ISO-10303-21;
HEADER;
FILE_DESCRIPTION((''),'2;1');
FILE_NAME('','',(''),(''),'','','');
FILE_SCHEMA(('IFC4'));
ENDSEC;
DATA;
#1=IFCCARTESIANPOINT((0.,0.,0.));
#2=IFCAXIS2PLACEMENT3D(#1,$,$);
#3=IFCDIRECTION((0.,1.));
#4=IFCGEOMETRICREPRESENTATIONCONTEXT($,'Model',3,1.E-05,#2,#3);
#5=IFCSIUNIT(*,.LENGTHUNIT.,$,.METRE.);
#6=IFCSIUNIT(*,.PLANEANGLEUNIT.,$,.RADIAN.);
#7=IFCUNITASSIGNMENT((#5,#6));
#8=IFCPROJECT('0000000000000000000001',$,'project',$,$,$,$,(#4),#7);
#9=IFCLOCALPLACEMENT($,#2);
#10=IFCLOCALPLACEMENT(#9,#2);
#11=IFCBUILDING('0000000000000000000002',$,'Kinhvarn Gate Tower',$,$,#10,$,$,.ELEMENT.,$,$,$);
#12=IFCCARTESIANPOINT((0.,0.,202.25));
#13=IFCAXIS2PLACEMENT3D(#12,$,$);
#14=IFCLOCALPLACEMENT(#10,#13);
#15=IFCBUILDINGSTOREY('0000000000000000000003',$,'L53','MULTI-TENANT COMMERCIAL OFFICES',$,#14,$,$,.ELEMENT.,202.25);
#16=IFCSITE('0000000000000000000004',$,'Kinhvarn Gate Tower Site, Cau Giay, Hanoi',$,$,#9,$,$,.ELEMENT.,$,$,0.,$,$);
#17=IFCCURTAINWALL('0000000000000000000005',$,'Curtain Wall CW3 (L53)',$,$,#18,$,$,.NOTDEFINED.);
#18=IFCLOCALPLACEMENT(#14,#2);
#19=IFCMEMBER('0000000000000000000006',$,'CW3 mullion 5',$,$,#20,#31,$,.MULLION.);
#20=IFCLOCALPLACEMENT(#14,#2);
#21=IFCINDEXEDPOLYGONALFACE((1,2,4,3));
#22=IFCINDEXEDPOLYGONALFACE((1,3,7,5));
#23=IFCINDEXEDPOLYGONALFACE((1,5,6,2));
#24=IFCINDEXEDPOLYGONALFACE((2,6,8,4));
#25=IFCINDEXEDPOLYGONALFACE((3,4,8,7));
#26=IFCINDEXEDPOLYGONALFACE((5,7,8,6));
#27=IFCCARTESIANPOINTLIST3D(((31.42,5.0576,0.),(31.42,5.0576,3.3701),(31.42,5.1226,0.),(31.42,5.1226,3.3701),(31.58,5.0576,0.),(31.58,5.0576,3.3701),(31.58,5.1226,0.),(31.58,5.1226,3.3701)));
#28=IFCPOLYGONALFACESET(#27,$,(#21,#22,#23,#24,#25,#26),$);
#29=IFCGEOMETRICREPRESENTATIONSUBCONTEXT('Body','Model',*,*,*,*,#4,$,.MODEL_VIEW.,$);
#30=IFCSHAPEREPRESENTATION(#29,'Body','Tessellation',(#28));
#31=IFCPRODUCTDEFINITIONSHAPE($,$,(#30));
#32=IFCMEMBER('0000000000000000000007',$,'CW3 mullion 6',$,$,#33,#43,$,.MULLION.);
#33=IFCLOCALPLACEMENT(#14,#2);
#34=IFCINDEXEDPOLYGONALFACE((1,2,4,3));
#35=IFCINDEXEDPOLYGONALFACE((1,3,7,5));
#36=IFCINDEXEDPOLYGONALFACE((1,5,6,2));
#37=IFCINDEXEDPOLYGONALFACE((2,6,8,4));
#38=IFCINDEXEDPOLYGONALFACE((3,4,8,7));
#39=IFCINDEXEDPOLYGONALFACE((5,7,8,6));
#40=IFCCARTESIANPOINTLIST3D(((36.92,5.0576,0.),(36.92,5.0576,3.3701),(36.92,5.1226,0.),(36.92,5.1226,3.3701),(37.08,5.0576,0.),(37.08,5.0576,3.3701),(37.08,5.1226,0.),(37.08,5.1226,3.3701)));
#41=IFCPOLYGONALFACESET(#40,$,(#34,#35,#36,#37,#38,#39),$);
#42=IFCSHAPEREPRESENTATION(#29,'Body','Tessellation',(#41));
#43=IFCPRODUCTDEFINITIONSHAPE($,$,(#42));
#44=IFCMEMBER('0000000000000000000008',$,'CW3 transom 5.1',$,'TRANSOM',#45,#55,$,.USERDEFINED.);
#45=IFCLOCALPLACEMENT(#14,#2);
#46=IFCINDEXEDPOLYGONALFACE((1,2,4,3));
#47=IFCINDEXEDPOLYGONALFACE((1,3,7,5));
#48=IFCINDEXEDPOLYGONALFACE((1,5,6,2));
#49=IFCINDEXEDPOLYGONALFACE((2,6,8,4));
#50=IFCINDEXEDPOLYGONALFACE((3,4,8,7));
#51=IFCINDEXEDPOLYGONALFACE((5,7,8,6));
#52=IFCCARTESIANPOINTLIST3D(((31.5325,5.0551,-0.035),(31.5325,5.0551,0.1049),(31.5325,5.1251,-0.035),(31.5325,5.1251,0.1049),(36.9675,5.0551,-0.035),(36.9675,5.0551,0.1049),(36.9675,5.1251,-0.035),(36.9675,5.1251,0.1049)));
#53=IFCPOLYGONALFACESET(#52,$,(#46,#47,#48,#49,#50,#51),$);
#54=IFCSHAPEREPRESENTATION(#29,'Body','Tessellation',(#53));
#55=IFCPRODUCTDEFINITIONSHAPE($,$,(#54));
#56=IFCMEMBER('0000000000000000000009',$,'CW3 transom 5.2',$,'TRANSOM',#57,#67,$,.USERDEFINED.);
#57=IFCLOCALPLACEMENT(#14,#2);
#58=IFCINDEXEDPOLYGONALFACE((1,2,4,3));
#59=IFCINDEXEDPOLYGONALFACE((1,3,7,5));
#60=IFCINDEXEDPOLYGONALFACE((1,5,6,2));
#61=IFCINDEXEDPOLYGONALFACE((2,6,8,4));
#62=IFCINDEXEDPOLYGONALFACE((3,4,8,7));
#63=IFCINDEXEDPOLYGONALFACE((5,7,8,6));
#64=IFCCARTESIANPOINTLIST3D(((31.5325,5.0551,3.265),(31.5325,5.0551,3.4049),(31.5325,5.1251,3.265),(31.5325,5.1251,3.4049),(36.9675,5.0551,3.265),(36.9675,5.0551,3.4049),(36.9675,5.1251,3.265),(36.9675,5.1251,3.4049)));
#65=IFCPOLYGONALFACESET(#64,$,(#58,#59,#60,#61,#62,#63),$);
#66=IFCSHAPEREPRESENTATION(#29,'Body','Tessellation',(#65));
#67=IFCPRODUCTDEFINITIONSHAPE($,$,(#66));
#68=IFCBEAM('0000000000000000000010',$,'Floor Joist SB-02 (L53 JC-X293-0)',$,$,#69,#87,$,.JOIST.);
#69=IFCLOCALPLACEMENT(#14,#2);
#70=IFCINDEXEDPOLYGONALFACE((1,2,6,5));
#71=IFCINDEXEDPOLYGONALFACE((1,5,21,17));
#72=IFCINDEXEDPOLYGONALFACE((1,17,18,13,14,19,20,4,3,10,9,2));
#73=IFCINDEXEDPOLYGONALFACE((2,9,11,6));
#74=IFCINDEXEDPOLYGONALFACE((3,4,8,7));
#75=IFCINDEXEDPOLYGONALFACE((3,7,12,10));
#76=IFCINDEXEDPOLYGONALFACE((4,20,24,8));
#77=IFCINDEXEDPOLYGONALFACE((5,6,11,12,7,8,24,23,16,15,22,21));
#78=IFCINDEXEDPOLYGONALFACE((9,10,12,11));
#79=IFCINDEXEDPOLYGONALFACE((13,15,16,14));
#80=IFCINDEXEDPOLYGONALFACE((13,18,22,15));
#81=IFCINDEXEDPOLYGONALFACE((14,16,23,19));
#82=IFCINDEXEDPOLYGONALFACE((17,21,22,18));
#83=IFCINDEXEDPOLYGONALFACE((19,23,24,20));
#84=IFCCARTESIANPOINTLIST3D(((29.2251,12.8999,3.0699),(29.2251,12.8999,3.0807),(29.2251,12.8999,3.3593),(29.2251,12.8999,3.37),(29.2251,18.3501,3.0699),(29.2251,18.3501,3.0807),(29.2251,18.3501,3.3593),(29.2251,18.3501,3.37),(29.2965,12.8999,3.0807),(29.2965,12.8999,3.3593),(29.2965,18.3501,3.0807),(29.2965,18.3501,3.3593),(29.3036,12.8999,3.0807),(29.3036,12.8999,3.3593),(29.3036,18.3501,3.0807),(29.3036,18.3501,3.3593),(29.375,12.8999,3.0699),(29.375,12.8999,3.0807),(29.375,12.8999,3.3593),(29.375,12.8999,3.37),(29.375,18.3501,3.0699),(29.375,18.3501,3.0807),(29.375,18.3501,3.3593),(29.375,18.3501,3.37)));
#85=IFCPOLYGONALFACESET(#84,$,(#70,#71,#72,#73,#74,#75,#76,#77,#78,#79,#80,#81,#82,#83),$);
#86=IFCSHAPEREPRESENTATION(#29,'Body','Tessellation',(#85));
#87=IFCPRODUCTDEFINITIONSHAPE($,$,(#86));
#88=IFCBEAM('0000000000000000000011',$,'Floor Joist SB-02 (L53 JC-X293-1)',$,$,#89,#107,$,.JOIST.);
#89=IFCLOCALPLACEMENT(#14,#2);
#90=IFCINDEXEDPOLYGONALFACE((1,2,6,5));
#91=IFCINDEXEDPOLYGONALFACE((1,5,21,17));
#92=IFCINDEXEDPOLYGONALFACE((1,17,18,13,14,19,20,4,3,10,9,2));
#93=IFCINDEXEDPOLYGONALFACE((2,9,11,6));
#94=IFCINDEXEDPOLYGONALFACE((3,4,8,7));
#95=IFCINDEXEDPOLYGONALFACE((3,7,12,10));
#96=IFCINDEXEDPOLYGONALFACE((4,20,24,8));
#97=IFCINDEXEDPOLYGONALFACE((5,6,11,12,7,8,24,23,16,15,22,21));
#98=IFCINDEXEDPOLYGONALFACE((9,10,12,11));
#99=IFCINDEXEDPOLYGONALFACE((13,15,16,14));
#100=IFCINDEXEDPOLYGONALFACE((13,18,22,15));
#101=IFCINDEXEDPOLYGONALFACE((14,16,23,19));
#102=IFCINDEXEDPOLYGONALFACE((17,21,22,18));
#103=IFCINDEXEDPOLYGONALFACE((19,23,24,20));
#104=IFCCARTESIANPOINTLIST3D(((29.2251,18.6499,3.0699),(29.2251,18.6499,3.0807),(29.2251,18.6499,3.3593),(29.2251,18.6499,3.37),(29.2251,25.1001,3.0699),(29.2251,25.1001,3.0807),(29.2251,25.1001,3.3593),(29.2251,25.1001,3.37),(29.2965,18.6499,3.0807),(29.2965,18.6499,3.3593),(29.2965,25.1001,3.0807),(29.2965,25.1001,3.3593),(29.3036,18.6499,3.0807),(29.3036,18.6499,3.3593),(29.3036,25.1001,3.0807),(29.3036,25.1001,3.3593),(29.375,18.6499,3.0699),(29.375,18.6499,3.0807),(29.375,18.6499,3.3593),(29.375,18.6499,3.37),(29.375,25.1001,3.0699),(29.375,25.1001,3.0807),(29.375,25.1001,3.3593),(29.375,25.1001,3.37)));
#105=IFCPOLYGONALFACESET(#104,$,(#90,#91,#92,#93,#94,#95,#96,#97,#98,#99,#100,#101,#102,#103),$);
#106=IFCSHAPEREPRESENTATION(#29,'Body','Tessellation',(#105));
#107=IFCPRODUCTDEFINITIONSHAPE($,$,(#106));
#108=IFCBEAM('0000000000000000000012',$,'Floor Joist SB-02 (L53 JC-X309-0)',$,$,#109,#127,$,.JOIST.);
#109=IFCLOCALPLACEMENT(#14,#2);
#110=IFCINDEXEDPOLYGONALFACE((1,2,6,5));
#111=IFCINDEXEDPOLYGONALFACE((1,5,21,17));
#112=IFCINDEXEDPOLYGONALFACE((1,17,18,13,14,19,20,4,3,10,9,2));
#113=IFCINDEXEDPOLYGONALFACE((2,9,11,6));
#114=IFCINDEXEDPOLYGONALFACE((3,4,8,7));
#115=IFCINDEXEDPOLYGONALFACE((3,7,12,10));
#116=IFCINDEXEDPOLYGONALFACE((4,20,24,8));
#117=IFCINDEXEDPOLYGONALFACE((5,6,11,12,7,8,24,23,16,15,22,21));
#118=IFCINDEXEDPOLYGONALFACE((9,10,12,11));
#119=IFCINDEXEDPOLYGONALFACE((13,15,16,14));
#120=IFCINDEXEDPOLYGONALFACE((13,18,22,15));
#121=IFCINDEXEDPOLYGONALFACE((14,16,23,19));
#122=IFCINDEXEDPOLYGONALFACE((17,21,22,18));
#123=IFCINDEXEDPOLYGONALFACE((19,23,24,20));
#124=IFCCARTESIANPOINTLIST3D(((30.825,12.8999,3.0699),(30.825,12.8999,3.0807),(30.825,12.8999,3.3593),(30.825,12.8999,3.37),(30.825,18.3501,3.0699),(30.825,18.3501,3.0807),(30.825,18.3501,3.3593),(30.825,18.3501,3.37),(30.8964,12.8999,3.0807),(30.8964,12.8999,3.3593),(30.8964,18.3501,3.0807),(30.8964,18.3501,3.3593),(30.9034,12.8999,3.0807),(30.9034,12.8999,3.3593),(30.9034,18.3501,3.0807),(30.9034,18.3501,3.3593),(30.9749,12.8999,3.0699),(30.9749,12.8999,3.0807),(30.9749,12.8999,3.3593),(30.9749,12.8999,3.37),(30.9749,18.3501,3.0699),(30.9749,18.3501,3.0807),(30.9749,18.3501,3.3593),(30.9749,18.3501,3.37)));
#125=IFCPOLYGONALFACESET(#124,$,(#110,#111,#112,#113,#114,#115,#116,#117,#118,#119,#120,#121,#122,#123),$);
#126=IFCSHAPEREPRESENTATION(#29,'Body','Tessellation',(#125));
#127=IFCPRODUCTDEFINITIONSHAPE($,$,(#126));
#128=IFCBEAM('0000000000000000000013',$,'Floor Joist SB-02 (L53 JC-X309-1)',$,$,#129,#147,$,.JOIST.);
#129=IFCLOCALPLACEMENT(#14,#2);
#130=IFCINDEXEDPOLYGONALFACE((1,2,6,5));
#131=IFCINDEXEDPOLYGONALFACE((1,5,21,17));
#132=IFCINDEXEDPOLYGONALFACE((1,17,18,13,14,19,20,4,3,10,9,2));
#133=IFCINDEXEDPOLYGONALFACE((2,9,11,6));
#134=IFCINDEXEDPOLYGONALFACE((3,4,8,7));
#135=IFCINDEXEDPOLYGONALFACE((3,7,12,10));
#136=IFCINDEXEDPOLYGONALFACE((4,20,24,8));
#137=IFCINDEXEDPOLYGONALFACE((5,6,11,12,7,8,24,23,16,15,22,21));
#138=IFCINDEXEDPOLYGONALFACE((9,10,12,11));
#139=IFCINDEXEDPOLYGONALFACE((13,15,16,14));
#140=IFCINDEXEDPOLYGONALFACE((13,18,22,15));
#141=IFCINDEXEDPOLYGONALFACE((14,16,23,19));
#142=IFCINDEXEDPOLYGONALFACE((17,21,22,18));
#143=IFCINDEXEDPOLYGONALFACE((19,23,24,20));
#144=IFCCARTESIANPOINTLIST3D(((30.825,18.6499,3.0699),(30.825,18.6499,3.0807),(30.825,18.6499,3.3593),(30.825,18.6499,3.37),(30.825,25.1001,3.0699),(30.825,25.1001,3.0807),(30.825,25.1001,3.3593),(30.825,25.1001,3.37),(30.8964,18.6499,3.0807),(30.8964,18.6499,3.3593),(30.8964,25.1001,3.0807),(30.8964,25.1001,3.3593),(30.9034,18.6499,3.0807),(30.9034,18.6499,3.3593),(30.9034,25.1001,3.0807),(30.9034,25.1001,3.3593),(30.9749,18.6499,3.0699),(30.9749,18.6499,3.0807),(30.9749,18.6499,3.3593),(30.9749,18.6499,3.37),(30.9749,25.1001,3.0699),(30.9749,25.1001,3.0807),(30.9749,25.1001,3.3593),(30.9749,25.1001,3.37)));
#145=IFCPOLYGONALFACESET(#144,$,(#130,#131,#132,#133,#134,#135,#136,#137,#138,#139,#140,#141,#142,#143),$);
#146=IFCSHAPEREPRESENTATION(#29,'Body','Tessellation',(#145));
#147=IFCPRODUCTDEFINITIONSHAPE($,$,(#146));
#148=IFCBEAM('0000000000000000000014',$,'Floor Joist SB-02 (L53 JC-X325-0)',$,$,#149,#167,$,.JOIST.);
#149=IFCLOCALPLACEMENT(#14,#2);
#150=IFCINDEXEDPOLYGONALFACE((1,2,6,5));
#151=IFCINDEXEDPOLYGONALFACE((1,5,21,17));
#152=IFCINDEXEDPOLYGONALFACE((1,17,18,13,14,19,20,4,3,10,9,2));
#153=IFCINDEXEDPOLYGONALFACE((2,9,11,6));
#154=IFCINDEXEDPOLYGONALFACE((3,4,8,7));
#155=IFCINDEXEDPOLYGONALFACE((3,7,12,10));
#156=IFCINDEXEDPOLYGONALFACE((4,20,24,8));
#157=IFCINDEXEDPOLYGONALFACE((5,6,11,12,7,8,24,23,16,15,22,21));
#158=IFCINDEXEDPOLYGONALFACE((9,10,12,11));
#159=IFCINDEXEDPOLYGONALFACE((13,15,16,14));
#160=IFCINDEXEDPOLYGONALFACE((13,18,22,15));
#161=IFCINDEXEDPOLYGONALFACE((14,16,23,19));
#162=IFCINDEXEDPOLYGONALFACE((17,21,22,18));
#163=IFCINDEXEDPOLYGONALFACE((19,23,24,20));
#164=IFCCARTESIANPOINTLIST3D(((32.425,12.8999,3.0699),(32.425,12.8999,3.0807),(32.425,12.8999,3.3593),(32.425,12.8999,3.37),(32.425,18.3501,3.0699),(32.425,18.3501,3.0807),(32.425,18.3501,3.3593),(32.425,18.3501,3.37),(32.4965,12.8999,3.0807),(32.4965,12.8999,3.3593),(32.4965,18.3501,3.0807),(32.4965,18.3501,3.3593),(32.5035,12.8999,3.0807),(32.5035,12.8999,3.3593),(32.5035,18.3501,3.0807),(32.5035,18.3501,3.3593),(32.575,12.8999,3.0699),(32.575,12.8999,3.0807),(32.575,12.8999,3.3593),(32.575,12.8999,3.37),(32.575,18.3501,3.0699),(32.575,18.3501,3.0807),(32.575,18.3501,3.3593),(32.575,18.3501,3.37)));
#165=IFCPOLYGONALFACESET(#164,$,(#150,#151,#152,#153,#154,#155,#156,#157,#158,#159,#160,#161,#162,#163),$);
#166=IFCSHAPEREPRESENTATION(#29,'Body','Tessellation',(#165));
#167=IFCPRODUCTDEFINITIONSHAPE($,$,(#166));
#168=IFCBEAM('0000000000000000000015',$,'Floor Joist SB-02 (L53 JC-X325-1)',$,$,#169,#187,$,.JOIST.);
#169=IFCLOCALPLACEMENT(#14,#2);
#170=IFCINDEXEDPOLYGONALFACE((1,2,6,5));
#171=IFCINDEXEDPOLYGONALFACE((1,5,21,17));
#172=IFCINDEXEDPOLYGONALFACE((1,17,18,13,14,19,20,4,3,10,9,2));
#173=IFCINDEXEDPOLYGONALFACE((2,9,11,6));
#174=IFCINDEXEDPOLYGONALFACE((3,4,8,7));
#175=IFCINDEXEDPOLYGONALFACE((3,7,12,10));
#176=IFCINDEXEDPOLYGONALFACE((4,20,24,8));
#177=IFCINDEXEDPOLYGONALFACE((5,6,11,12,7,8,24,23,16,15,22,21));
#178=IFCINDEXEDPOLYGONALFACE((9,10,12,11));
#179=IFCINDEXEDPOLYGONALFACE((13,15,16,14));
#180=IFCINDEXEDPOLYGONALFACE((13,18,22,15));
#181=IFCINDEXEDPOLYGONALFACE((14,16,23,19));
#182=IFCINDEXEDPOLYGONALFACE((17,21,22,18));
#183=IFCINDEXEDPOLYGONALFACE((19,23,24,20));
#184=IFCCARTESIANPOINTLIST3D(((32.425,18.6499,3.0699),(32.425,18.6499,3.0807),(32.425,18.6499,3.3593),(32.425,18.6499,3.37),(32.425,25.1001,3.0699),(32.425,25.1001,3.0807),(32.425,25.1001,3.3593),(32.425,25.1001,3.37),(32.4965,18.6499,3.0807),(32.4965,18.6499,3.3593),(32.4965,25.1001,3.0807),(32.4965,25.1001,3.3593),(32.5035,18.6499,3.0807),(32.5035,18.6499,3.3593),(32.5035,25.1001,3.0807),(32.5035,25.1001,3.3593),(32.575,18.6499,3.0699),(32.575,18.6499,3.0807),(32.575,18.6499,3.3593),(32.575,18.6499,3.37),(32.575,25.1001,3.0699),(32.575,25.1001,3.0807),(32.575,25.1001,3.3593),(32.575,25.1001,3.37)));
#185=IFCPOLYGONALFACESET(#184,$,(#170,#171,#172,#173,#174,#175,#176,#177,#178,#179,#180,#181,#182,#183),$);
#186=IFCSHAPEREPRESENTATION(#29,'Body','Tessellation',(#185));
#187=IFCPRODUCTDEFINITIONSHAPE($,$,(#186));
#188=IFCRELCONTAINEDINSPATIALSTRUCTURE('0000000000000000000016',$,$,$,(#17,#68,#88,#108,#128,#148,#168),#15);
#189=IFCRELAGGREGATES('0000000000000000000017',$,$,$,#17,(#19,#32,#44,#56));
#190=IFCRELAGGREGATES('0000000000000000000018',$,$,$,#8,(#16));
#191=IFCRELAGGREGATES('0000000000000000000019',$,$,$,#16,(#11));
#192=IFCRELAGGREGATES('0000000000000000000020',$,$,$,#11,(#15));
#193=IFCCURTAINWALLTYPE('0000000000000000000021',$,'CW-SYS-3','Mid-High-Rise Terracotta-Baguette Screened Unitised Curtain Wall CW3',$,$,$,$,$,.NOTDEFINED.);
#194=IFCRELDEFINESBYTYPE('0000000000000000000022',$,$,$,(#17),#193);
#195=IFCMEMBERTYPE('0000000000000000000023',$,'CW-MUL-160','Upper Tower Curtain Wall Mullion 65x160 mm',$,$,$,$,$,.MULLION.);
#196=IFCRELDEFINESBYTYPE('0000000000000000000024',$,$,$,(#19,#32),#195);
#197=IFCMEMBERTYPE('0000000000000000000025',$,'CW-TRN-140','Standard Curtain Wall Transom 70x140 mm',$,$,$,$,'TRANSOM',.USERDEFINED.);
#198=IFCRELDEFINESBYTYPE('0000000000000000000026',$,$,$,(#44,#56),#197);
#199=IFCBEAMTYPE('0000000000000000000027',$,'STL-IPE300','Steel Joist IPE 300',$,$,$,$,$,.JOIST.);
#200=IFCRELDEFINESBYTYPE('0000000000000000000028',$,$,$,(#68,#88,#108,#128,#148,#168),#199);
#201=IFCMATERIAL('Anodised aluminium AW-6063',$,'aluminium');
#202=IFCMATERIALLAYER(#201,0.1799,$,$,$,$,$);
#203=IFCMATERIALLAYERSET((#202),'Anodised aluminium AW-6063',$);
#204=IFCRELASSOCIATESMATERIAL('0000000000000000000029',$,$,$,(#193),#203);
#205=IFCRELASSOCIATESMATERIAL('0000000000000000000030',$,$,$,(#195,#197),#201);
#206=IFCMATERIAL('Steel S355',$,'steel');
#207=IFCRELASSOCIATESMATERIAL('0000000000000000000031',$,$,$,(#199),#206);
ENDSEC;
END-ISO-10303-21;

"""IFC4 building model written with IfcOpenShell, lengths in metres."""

from ifc_helpers import new_model, si_unit, direction, frame, origin, origin_2d, place, context, subcontext, project, spatial, rectangle, i_section, extrude, material, layer, layer_set, material_profile, profile_set, type_object, element, aggregate, save


model = new_model("IFC4")

# Units and contexts
model_context = context("Model", 3, precision=1e-05, world=origin(), true_north=direction((0.0, 1.0)))
body_context = subcontext(model_context, "Body", "Model", "MODEL_VIEW")
ifc_project = project(units=[si_unit("LENGTHUNIT", "METRE"), si_unit("PLANEANGLEUNIT", "RADIAN")], contexts=[model_context])

# Site, building, storey
site_placement = place(None, origin())
site = spatial("IfcSite", under=ifc_project, at=site_placement, Name="Kinhvarn Gate Tower Site, Cau Giay, Hanoi", CompositionType="ELEMENT", RefElevation=0.0)
building_placement = place(site_placement, origin())
building = spatial("IfcBuilding", under=site, at=building_placement, Name="Kinhvarn Gate Tower", CompositionType="ELEMENT")
storey_placement = place(building_placement, frame((0.0, 0.0, 202.25)))
storey = spatial("IfcBuildingStorey", under=building, at=storey_placement, Name="L53", Description="MULTI-TENANT COMMERCIAL OFFICES", CompositionType="ELEMENT", Elevation=202.25)

# Curtain wall, members
ifc_material_1 = material(Name="Anodised aluminium AW-6063", Category="aluminium")
ifc_layer_1 = layer(ifc_material_1, 0.1799)
ifc_layer_set_1 = layer_set([ifc_layer_1], Name="Anodised aluminium AW-6063")
curtain_wall_type = type_object("IfcCurtainWallType", Name="CW-SYS-3", Description="Mid-High-Rise Terracotta-Baguette Screened Unitised Curtain Wall CW3", PredefinedType="NOTDEFINED", material=ifc_layer_set_1)
curtain_wall_placement = place(storey_placement, origin())
curtain_wall = element("IfcCurtainWall", 1, at=curtain_wall_placement, inside=storey, type_object=curtain_wall_type, Name="Curtain Wall CW3 (L53)", PredefinedType="NOTDEFINED")
ifc_material_profile_1 = material_profile(ifc_material_1, rectangle(XDim=0.0649, YDim=0.1599, at=origin_2d()), Name="ALU 65x160")
ifc_profile_set_1 = profile_set([ifc_material_profile_1], Name="Anodised aluminium AW-6063")
member_type_1 = type_object("IfcMemberType", Name="CW-MUL-160", Description="Upper Tower Curtain Wall Mullion 65x160 mm", PredefinedType="MULLION", material=ifc_profile_set_1)
member_1_placement = place(storey_placement, frame((31.5, 5.0901, 0.0), z_axis=(0.0, 0.0, 1.0), x_axis=(0.0, 1.0, 0.0)))
member_1 = element("IfcMember", 2, at=member_1_placement, type_object=member_type_1, Name="CW3 mullion 5", PredefinedType="MULLION", context=body_context, shape_type="SweptSolid", body=[
    extrude(rectangle(XDim=0.0649, YDim=0.1599, at=origin_2d()), origin(), (0.0, 0.0, 1.0), 3.3701),
])
member_2_placement = place(storey_placement, frame((37.0, 5.0901, 0.0), z_axis=(0.0, 0.0, 1.0), x_axis=(0.0, 1.0, 0.0)))
member_2 = element("IfcMember", 3, at=member_2_placement, type_object=member_type_1, Name="CW3 mullion 6", PredefinedType="MULLION", context=body_context, shape_type="SweptSolid", body=[
    extrude(rectangle(XDim=0.0649, YDim=0.1599, at=origin_2d()), origin(), (0.0, 0.0, 1.0), 3.3701),
])
ifc_material_profile_2 = material_profile(ifc_material_1, rectangle(XDim=0.0701, YDim=0.1399, at=origin_2d()), Name="ALU 70x140")
ifc_profile_set_2 = profile_set([ifc_material_profile_2], Name="Anodised aluminium AW-6063")
member_type_2 = type_object("IfcMemberType", Name="CW-TRN-140", Description="Standard Curtain Wall Transom 70x140 mm", ElementType="TRANSOM", PredefinedType="USERDEFINED", material=ifc_profile_set_2)
member_3_placement = place(storey_placement, frame((31.5325, 5.0901, 0.0349), z_axis=(1.0, 0.0, 0.0), x_axis=(0.0, 1.0, 0.0)))
member_3 = element("IfcMember", 4, at=member_3_placement, type_object=member_type_2, Name="CW3 transom 5.1", ObjectType="TRANSOM", PredefinedType="USERDEFINED", context=body_context, shape_type="SweptSolid", body=[
    extrude(rectangle(XDim=0.0701, YDim=0.1399, at=origin_2d()), origin(), (0.0, 0.0, 1.0), 5.4351),
])
member_4_placement = place(storey_placement, frame((31.5325, 5.0901, 3.335), z_axis=(1.0, 0.0, 0.0), x_axis=(0.0, 1.0, 0.0)))
member_4 = element("IfcMember", 5, at=member_4_placement, type_object=member_type_2, Name="CW3 transom 5.2", ObjectType="TRANSOM", PredefinedType="USERDEFINED", context=body_context, shape_type="SweptSolid", body=[
    extrude(rectangle(XDim=0.0701, YDim=0.1399, at=origin_2d()), origin(), (0.0, 0.0, 1.0), 5.4351),
])

# Beams
ifc_material_2 = material(Name="Steel S355", Category="steel")
ifc_material_profile_3 = material_profile(ifc_material_2, i_section(OverallWidth=0.1499, OverallDepth=0.3, WebThickness=0.0071, FlangeThickness=0.0107, at=origin_2d()), Name="IPE 300")
ifc_profile_set_3 = profile_set([ifc_material_profile_3], Name="Steel S355")
beam_type = type_object("IfcBeamType", Name="STL-IPE300", Description="Steel Joist IPE 300", PredefinedType="JOIST", material=ifc_profile_set_3)
beam_1_placement = place(storey_placement, frame((29.3, 12.8999, 3.22), z_axis=(0.0, 1.0, 0.0), x_axis=(-1.0, 0.0, 0.0)))
element("IfcBeam", 6, at=beam_1_placement, inside=storey, type_object=beam_type, Name="Floor Joist SB-02 (L53 JC-X293-0)", PredefinedType="JOIST", context=body_context, shape_type="SweptSolid", body=[
    extrude(i_section(OverallWidth=0.1499, OverallDepth=0.3, WebThickness=0.0071, FlangeThickness=0.0107, at=origin_2d()), origin(), (0.0, 0.0, 1.0), 5.4502),
])
beam_2_placement = place(storey_placement, frame((29.3, 18.6499, 3.22), z_axis=(0.0, 1.0, 0.0), x_axis=(-1.0, 0.0, 0.0)))
element("IfcBeam", 7, at=beam_2_placement, inside=storey, type_object=beam_type, Name="Floor Joist SB-02 (L53 JC-X293-1)", PredefinedType="JOIST", context=body_context, shape_type="SweptSolid", body=[
    extrude(i_section(OverallWidth=0.1499, OverallDepth=0.3, WebThickness=0.0071, FlangeThickness=0.0107, at=origin_2d()), origin(), (0.0, 0.0, 1.0), 6.4502),
])
beam_3_placement = place(storey_placement, frame((30.8999, 12.8999, 3.22), z_axis=(0.0, 1.0, 0.0), x_axis=(-1.0, 0.0, 0.0)))
element("IfcBeam", 8, at=beam_3_placement, inside=storey, type_object=beam_type, Name="Floor Joist SB-02 (L53 JC-X309-0)", PredefinedType="JOIST", context=body_context, shape_type="SweptSolid", body=[
    extrude(i_section(OverallWidth=0.1499, OverallDepth=0.3, WebThickness=0.0071, FlangeThickness=0.0107, at=origin_2d()), origin(), (0.0, 0.0, 1.0), 5.4502),
])
beam_4_placement = place(storey_placement, frame((30.8999, 18.6499, 3.22), z_axis=(0.0, 1.0, 0.0), x_axis=(-1.0, 0.0, 0.0)))
element("IfcBeam", 9, at=beam_4_placement, inside=storey, type_object=beam_type, Name="Floor Joist SB-02 (L53 JC-X309-1)", PredefinedType="JOIST", context=body_context, shape_type="SweptSolid", body=[
    extrude(i_section(OverallWidth=0.1499, OverallDepth=0.3, WebThickness=0.0071, FlangeThickness=0.0107, at=origin_2d()), origin(), (0.0, 0.0, 1.0), 6.4502),
])
beam_5_placement = place(storey_placement, frame((32.5, 12.8999, 3.22), z_axis=(0.0, 1.0, 0.0), x_axis=(-1.0, 0.0, 0.0)))
element("IfcBeam", 10, at=beam_5_placement, inside=storey, type_object=beam_type, Name="Floor Joist SB-02 (L53 JC-X325-0)", PredefinedType="JOIST", context=body_context, shape_type="SweptSolid", body=[
    extrude(i_section(OverallWidth=0.1499, OverallDepth=0.3, WebThickness=0.0071, FlangeThickness=0.0107, at=origin_2d()), origin(), (0.0, 0.0, 1.0), 5.4502),
])
beam_6_placement = place(storey_placement, frame((32.5, 18.6499, 3.22), z_axis=(0.0, 1.0, 0.0), x_axis=(-1.0, 0.0, 0.0)))
element("IfcBeam", 11, at=beam_6_placement, inside=storey, type_object=beam_type, Name="Floor Joist SB-02 (L53 JC-X325-1)", PredefinedType="JOIST", context=body_context, shape_type="SweptSolid", body=[
    extrude(i_section(OverallWidth=0.1499, OverallDepth=0.3, WebThickness=0.0071, FlangeThickness=0.0107, at=origin_2d()), origin(), (0.0, 0.0, 1.0), 6.4502),
])

aggregate(curtain_wall, [member_1, member_2, member_3, member_4])

save(model, "model.ifc")
